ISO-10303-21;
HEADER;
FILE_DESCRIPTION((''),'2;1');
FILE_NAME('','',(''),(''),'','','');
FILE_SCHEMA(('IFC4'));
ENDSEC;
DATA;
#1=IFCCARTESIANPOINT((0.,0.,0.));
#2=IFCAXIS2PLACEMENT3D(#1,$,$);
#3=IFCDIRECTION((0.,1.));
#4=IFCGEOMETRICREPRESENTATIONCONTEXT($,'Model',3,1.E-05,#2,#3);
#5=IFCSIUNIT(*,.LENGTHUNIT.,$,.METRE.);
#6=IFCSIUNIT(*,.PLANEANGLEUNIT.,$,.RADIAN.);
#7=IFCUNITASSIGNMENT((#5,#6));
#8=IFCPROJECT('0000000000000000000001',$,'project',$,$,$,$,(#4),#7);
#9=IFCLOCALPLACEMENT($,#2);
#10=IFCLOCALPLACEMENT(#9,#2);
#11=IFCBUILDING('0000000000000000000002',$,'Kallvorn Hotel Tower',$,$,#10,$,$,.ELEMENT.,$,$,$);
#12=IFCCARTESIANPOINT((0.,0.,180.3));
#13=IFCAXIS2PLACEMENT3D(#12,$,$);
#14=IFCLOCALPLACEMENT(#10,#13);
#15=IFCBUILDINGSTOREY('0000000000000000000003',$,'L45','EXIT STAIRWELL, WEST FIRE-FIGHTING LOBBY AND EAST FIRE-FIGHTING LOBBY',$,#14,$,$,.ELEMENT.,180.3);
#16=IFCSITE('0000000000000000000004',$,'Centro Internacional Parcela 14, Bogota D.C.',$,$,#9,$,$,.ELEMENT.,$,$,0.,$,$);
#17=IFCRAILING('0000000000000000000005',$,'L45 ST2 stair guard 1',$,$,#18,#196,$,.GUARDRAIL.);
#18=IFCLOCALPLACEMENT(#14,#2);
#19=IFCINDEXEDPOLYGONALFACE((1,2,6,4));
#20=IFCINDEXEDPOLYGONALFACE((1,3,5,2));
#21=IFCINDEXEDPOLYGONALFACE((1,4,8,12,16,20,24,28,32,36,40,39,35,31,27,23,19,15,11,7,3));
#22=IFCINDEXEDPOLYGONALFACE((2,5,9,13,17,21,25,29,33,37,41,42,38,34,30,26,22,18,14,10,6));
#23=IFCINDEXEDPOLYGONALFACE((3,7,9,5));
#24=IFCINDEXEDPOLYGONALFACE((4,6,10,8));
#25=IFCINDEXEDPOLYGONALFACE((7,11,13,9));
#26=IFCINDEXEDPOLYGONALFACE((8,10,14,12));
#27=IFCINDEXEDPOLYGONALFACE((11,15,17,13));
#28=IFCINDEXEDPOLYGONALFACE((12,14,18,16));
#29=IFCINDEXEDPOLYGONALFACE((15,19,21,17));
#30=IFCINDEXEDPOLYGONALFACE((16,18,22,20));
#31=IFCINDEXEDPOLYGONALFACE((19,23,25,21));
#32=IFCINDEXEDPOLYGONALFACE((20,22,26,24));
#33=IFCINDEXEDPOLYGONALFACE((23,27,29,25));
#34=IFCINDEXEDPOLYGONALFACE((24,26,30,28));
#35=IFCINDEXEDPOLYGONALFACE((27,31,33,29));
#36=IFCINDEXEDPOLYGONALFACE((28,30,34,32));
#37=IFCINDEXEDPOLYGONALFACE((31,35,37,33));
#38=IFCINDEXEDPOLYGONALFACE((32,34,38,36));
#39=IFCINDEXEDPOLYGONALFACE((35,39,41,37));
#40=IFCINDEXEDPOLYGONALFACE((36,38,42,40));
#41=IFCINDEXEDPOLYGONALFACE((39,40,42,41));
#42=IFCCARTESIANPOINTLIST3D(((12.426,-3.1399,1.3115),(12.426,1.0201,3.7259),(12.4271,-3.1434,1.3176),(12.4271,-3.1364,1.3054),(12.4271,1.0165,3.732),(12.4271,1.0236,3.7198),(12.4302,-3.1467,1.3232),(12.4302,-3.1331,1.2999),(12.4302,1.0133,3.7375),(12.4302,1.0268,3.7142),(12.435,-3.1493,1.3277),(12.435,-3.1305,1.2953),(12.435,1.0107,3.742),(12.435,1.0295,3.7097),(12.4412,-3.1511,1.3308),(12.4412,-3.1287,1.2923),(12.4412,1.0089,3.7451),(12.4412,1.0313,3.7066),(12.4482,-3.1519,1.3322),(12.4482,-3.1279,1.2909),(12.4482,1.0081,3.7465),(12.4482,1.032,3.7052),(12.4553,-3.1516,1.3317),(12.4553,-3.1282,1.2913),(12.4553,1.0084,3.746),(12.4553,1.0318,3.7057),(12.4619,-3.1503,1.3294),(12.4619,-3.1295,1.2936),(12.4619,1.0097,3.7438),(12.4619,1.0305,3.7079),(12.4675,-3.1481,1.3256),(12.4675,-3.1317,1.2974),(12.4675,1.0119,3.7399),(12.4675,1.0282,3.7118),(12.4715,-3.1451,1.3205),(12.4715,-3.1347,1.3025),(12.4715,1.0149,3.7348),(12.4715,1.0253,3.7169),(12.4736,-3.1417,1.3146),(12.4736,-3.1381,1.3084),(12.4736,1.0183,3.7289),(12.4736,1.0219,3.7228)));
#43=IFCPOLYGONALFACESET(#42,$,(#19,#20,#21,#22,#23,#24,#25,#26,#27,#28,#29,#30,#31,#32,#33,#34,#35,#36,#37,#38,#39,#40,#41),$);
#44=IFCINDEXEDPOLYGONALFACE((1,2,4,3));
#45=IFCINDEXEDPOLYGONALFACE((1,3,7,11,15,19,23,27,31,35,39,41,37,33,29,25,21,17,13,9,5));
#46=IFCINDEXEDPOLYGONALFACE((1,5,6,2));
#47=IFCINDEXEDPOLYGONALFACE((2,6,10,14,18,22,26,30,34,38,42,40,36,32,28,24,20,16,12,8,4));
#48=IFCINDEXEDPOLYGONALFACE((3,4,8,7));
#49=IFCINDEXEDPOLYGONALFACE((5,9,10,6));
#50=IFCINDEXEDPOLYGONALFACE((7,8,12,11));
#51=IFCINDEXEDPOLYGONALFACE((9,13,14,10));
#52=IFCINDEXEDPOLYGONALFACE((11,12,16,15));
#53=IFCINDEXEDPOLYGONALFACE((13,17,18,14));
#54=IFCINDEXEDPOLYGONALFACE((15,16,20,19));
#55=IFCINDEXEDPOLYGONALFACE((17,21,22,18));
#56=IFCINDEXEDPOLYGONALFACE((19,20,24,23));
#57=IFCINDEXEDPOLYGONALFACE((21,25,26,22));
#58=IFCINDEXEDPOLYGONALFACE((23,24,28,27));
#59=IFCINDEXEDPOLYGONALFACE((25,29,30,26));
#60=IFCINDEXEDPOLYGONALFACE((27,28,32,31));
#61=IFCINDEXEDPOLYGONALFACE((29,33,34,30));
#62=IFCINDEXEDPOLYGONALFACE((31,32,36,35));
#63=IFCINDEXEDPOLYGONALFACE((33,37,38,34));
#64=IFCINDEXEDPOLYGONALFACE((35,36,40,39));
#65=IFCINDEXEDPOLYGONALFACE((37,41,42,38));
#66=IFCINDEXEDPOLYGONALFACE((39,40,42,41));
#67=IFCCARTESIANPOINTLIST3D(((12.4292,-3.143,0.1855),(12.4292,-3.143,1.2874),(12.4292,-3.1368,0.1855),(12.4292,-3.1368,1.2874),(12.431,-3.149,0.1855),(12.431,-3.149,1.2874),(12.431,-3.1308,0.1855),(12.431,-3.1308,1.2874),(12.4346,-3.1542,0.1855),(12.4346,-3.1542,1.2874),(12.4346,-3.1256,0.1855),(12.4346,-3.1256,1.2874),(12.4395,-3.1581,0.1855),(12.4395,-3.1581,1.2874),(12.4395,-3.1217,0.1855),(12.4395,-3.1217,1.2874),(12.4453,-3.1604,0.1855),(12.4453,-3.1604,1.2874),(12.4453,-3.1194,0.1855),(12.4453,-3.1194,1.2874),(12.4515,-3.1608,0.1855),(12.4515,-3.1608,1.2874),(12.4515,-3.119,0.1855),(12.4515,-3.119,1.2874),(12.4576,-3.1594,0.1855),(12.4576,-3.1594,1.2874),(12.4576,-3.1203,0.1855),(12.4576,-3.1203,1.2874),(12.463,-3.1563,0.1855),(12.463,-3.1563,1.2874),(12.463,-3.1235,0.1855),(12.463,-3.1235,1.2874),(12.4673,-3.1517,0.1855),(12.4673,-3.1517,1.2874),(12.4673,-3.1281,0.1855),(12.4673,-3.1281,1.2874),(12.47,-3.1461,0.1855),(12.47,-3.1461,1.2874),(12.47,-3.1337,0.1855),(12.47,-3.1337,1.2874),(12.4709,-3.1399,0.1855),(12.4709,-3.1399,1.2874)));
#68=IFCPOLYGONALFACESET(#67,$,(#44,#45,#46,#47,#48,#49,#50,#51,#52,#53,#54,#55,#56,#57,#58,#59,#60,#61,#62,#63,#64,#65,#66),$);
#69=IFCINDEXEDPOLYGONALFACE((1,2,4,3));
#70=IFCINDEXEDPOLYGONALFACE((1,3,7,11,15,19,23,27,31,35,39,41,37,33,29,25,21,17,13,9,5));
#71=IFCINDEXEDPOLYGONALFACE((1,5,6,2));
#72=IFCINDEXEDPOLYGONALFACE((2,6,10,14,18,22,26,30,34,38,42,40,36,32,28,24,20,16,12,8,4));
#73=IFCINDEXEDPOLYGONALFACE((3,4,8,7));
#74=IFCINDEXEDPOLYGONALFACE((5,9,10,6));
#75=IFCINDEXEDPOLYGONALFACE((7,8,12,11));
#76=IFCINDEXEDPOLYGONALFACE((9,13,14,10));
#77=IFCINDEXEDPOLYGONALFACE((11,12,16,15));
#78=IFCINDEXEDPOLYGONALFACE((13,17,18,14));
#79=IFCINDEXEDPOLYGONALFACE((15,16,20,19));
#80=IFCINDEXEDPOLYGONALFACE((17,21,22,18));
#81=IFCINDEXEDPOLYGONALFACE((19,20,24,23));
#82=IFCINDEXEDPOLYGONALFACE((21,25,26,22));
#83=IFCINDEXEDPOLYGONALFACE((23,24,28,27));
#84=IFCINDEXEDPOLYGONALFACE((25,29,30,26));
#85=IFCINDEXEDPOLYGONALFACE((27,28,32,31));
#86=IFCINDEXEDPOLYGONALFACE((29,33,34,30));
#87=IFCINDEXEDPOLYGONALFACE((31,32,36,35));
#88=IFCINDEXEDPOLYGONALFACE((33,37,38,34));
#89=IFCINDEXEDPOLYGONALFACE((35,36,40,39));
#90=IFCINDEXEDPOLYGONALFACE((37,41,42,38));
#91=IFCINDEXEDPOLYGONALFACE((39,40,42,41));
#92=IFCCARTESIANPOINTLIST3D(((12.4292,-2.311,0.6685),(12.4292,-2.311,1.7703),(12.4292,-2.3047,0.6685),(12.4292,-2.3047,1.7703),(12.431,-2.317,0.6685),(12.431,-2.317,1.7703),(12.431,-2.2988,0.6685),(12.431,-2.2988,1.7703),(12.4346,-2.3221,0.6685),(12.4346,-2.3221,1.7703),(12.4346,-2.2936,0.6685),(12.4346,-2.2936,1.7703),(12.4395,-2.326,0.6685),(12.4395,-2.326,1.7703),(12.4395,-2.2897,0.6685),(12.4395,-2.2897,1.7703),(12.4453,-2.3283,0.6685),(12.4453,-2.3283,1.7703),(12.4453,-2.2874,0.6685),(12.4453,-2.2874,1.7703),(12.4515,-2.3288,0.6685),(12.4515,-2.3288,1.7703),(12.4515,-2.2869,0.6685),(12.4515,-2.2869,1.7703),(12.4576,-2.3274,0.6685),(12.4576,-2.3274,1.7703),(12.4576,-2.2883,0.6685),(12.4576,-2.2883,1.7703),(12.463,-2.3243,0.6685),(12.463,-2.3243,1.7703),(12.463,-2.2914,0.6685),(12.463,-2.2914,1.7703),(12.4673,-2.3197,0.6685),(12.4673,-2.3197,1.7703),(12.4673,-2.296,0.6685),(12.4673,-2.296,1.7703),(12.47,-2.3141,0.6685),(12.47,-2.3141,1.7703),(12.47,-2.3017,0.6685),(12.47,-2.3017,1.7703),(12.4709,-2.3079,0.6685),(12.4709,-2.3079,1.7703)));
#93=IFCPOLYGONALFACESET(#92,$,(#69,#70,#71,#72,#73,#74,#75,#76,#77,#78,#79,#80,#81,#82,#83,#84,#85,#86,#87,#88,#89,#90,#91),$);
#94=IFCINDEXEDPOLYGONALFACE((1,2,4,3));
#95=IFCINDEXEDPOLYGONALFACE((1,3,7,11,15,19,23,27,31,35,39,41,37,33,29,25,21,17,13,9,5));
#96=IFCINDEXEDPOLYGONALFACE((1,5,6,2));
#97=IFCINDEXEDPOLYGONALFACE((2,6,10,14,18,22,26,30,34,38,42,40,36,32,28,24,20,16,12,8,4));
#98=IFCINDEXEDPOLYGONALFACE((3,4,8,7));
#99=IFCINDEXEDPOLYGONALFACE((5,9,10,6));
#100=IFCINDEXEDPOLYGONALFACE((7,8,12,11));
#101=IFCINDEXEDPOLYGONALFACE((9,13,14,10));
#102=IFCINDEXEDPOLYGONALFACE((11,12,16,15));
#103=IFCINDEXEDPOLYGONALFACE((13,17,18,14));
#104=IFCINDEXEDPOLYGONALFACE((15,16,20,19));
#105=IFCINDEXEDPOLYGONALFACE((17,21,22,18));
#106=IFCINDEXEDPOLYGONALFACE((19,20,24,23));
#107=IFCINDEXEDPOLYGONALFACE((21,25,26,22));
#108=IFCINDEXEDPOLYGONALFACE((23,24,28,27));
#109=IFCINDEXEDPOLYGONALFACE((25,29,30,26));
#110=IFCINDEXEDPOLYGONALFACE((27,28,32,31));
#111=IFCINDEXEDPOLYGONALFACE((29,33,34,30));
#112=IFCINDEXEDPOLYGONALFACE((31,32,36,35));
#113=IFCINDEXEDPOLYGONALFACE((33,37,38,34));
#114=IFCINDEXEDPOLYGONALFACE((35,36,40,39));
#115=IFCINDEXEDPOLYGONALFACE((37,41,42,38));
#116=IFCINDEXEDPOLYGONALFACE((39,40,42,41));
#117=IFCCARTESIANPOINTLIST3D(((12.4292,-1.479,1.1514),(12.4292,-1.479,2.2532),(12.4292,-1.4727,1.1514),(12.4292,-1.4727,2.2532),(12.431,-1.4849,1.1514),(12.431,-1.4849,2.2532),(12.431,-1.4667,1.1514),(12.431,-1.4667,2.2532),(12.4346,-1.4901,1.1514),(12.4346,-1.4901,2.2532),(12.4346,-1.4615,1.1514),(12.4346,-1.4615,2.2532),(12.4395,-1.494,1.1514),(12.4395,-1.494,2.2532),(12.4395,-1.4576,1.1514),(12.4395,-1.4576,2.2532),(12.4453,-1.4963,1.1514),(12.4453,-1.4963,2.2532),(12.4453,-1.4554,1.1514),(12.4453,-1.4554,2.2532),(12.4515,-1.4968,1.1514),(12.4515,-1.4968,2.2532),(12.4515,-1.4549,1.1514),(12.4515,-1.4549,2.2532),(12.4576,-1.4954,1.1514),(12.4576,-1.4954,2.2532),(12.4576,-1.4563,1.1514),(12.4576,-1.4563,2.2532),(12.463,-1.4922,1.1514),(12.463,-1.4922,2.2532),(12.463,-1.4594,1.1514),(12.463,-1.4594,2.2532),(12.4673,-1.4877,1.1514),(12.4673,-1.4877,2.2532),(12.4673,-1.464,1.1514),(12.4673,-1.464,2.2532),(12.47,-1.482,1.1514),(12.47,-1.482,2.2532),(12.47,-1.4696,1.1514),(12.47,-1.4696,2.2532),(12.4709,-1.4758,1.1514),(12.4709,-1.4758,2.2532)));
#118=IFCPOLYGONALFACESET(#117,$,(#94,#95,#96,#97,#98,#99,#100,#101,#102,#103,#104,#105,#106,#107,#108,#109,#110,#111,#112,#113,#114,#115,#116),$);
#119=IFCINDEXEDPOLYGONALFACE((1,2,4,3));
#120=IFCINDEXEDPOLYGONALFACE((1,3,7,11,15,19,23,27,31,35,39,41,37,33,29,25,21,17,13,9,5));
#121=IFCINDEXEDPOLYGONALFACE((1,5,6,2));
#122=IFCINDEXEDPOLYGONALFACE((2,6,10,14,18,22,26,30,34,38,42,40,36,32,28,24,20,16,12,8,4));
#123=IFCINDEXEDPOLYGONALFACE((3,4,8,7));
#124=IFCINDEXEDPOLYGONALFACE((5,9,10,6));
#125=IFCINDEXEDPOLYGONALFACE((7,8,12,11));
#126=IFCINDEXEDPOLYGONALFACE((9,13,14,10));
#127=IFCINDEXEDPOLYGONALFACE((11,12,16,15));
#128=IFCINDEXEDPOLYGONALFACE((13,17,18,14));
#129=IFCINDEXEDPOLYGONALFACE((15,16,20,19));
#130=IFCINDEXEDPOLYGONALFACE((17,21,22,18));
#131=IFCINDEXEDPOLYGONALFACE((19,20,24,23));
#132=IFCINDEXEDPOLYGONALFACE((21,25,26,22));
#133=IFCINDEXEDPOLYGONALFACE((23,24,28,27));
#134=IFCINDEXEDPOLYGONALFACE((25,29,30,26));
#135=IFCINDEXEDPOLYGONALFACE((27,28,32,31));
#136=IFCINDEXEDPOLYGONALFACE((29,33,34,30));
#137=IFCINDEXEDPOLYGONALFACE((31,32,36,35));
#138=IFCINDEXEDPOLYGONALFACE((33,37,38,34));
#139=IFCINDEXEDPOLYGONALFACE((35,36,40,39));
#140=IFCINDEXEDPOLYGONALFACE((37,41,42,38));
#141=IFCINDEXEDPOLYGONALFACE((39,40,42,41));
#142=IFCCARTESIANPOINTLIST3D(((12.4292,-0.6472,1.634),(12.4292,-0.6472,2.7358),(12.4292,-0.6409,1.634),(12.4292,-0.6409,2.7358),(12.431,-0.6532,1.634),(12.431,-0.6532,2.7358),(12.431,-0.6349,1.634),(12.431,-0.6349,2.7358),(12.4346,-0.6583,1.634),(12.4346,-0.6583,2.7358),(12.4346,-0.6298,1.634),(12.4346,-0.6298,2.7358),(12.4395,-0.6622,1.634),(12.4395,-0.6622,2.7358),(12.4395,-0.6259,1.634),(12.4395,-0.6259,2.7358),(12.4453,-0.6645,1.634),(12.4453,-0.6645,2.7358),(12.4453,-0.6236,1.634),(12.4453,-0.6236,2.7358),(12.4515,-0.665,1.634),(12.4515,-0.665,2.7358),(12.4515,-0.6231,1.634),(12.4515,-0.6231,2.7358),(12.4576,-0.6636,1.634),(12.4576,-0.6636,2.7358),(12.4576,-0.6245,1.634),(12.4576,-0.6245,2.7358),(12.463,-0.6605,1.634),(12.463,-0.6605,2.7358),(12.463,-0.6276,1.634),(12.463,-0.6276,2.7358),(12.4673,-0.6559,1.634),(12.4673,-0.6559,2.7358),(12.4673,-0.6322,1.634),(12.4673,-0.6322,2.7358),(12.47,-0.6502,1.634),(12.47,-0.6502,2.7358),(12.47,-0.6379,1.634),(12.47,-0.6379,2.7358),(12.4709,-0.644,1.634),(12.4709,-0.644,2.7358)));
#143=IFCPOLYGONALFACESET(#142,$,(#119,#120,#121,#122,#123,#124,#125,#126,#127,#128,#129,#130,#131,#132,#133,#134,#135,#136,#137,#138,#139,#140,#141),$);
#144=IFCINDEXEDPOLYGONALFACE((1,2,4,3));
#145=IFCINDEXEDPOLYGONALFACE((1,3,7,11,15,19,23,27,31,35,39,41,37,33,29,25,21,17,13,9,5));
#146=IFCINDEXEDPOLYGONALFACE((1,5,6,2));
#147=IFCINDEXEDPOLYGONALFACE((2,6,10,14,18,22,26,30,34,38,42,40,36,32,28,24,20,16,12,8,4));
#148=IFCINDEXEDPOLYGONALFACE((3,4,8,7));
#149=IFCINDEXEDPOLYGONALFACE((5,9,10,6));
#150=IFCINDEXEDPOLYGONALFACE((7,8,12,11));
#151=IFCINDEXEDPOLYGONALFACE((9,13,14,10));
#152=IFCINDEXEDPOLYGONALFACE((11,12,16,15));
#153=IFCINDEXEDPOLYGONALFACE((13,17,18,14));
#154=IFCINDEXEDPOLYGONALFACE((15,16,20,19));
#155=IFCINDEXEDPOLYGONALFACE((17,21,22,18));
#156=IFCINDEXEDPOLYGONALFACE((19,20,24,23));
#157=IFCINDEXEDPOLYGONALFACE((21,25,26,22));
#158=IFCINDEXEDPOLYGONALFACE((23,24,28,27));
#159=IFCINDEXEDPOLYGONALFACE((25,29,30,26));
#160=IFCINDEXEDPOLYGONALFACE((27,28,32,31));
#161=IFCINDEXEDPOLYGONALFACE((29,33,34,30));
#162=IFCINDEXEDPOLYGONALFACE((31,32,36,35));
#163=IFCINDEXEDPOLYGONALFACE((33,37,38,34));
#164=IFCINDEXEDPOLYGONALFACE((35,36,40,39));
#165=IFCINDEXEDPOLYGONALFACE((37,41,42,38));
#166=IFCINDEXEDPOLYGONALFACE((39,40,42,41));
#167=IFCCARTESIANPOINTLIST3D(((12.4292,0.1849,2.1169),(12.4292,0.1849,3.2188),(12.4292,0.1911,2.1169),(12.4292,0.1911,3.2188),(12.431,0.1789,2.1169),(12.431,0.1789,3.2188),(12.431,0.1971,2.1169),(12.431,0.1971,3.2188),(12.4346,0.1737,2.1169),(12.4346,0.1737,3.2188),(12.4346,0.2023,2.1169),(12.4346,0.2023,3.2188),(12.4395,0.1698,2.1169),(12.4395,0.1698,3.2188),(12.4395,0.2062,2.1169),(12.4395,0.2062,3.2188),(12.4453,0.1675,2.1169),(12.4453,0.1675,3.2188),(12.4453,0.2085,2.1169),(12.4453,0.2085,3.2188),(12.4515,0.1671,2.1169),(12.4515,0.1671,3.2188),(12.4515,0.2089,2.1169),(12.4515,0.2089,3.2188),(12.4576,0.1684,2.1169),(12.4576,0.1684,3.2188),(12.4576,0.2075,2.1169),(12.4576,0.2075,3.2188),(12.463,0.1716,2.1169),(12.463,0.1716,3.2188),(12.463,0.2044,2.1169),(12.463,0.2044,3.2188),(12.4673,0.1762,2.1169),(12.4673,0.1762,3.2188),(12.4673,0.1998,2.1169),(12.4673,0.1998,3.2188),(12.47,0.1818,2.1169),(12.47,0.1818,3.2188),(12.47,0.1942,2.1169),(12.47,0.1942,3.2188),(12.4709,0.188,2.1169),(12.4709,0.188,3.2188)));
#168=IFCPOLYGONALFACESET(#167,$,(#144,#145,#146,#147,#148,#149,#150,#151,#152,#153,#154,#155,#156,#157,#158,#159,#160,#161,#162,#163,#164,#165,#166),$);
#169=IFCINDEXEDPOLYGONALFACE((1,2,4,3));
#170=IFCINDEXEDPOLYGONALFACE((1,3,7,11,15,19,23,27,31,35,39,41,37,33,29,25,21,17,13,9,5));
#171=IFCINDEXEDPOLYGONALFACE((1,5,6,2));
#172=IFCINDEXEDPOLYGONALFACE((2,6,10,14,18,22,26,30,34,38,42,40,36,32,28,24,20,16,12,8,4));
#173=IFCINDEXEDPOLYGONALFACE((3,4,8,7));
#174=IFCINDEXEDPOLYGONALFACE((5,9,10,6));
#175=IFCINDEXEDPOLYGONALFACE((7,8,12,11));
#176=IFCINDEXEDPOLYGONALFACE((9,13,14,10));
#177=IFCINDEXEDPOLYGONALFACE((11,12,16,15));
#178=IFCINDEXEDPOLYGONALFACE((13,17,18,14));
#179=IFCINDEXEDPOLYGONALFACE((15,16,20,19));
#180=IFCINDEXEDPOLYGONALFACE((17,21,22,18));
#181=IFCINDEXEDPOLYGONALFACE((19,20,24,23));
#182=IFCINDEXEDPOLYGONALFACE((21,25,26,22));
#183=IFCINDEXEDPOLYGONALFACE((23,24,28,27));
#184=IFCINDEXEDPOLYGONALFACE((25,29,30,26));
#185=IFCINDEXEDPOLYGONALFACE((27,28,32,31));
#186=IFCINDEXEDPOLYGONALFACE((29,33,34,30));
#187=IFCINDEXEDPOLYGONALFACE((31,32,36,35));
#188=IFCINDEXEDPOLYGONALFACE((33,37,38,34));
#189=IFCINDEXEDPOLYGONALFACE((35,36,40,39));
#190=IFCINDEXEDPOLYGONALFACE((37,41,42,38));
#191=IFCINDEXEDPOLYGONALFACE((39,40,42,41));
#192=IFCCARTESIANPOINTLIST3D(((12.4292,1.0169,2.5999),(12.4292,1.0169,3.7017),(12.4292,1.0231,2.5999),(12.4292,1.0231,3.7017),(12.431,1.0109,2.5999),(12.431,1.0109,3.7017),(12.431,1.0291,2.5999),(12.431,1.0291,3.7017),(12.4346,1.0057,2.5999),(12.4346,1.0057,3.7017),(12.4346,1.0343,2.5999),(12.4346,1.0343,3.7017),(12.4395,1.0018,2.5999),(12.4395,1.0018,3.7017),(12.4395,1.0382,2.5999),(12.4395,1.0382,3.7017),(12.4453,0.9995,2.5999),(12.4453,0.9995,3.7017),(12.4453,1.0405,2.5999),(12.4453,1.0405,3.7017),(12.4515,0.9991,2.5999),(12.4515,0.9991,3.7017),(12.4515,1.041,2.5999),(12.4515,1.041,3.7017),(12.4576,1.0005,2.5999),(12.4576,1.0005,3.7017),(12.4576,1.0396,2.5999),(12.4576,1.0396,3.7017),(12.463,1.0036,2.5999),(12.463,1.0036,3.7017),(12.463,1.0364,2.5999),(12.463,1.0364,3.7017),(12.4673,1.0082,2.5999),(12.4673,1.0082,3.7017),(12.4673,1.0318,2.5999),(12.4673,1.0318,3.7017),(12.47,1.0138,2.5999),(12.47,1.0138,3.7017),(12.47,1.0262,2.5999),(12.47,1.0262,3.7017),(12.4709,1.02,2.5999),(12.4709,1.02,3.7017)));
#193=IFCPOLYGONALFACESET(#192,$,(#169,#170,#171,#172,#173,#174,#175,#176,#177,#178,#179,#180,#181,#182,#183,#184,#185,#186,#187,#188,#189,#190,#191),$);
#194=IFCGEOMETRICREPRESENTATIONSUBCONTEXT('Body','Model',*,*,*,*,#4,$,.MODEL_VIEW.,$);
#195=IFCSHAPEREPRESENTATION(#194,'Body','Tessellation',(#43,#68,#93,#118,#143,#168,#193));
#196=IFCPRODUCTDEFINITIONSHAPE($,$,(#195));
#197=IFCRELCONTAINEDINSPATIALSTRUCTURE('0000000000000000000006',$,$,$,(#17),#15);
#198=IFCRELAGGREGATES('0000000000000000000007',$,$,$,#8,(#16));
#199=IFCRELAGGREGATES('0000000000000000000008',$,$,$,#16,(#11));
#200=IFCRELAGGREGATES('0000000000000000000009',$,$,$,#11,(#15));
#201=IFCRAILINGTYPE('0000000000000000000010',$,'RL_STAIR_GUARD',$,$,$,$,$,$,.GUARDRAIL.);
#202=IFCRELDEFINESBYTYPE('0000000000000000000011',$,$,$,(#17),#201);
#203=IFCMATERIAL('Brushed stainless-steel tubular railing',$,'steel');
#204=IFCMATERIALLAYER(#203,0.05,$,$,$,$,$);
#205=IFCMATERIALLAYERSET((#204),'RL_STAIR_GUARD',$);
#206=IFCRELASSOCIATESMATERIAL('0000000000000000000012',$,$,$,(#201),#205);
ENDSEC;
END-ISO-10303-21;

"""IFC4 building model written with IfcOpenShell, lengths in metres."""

from ifc_helpers import new_model, si_unit, direction, frame, origin, origin_2d, place, context, subcontext, project, spatial, circle, extrude, material, layer, layer_set, type_object, element, save


model = new_model("IFC4")

# Units and contexts
model_context = context("Model", 3, precision=1e-05, world=origin(), true_north=direction((0.0, 1.0)))
body_context = subcontext(model_context, "Body", "Model", "MODEL_VIEW")
ifc_project = project(units=[si_unit("LENGTHUNIT", "METRE"), si_unit("PLANEANGLEUNIT", "RADIAN")], contexts=[model_context])

# Site, building, storey
site_placement = place(None, origin())
site = spatial("IfcSite", under=ifc_project, at=site_placement, Name="Centro Internacional Parcela 14, Bogota D.C.", CompositionType="ELEMENT", RefElevation=0.0)
building_placement = place(site_placement, origin())
building = spatial("IfcBuilding", under=site, at=building_placement, Name="Kallvorn Hotel Tower", CompositionType="ELEMENT")
storey_placement = place(building_placement, frame((0.0, 0.0, 180.3)))
storey = spatial("IfcBuildingStorey", under=building, at=storey_placement, Name="L45", Description="EXIT STAIRWELL, WEST FIRE-FIGHTING LOBBY AND EAST FIRE-FIGHTING LOBBY", CompositionType="ELEMENT", Elevation=180.3)

# Railing
ifc_material_1 = material(Name="Brushed stainless-steel tubular railing", Category="steel")
ifc_layer_1 = layer(ifc_material_1, 0.05)
ifc_layer_set_1 = layer_set([ifc_layer_1], Name="RL_STAIR_GUARD")
railing_type_1 = type_object("IfcRailingType", Name="RL_STAIR_GUARD", PredefinedType="GUARDRAIL", material=ifc_layer_set_1)
railing_1_placement = place(storey_placement, frame((12.45, -3.1399, 0.1855)))
element("IfcRailing", 1, at=railing_1_placement, inside=storey, type_object=railing_type_1, Name="L45 ST2 stair guard 1", PredefinedType="GUARDRAIL", context=body_context, shape_type="SweptSolid", body=[
    extrude(circle(Radius=0.0239, at=origin_2d()), frame((0.0, 0.0, 1.126), z_axis=(0.0, 0.864891, 0.50196), x_axis=(-1.0, 0.0, 0.0)), (0.0, 0.0, 1.0), 4.8098),
    extrude(circle(Radius=0.021, at=origin_2d()), origin(), (0.0, 0.0, 1.0), 1.1018),
    extrude(circle(Radius=0.021, at=origin_2d()), frame((0.0, 0.832, 0.4829)), (0.0, 0.0, 1.0), 1.1018),
    extrude(circle(Radius=0.021, at=origin_2d()), frame((0.0, 1.6641, 0.9658)), (0.0, 0.0, 1.0), 1.1018),
    extrude(circle(Radius=0.021, at=origin_2d()), frame((0.0, 2.4958, 1.4485)), (0.0, 0.0, 1.0), 1.1018),
    extrude(circle(Radius=0.021, at=origin_2d()), frame((0.0, 3.3279, 1.9314)), (0.0, 0.0, 1.0), 1.1018),
    extrude(circle(Radius=0.021, at=origin_2d()), frame((0.0, 4.1599, 2.4143)), (0.0, 0.0, 1.0), 1.1018),
])

save(model, "model.ifc")
